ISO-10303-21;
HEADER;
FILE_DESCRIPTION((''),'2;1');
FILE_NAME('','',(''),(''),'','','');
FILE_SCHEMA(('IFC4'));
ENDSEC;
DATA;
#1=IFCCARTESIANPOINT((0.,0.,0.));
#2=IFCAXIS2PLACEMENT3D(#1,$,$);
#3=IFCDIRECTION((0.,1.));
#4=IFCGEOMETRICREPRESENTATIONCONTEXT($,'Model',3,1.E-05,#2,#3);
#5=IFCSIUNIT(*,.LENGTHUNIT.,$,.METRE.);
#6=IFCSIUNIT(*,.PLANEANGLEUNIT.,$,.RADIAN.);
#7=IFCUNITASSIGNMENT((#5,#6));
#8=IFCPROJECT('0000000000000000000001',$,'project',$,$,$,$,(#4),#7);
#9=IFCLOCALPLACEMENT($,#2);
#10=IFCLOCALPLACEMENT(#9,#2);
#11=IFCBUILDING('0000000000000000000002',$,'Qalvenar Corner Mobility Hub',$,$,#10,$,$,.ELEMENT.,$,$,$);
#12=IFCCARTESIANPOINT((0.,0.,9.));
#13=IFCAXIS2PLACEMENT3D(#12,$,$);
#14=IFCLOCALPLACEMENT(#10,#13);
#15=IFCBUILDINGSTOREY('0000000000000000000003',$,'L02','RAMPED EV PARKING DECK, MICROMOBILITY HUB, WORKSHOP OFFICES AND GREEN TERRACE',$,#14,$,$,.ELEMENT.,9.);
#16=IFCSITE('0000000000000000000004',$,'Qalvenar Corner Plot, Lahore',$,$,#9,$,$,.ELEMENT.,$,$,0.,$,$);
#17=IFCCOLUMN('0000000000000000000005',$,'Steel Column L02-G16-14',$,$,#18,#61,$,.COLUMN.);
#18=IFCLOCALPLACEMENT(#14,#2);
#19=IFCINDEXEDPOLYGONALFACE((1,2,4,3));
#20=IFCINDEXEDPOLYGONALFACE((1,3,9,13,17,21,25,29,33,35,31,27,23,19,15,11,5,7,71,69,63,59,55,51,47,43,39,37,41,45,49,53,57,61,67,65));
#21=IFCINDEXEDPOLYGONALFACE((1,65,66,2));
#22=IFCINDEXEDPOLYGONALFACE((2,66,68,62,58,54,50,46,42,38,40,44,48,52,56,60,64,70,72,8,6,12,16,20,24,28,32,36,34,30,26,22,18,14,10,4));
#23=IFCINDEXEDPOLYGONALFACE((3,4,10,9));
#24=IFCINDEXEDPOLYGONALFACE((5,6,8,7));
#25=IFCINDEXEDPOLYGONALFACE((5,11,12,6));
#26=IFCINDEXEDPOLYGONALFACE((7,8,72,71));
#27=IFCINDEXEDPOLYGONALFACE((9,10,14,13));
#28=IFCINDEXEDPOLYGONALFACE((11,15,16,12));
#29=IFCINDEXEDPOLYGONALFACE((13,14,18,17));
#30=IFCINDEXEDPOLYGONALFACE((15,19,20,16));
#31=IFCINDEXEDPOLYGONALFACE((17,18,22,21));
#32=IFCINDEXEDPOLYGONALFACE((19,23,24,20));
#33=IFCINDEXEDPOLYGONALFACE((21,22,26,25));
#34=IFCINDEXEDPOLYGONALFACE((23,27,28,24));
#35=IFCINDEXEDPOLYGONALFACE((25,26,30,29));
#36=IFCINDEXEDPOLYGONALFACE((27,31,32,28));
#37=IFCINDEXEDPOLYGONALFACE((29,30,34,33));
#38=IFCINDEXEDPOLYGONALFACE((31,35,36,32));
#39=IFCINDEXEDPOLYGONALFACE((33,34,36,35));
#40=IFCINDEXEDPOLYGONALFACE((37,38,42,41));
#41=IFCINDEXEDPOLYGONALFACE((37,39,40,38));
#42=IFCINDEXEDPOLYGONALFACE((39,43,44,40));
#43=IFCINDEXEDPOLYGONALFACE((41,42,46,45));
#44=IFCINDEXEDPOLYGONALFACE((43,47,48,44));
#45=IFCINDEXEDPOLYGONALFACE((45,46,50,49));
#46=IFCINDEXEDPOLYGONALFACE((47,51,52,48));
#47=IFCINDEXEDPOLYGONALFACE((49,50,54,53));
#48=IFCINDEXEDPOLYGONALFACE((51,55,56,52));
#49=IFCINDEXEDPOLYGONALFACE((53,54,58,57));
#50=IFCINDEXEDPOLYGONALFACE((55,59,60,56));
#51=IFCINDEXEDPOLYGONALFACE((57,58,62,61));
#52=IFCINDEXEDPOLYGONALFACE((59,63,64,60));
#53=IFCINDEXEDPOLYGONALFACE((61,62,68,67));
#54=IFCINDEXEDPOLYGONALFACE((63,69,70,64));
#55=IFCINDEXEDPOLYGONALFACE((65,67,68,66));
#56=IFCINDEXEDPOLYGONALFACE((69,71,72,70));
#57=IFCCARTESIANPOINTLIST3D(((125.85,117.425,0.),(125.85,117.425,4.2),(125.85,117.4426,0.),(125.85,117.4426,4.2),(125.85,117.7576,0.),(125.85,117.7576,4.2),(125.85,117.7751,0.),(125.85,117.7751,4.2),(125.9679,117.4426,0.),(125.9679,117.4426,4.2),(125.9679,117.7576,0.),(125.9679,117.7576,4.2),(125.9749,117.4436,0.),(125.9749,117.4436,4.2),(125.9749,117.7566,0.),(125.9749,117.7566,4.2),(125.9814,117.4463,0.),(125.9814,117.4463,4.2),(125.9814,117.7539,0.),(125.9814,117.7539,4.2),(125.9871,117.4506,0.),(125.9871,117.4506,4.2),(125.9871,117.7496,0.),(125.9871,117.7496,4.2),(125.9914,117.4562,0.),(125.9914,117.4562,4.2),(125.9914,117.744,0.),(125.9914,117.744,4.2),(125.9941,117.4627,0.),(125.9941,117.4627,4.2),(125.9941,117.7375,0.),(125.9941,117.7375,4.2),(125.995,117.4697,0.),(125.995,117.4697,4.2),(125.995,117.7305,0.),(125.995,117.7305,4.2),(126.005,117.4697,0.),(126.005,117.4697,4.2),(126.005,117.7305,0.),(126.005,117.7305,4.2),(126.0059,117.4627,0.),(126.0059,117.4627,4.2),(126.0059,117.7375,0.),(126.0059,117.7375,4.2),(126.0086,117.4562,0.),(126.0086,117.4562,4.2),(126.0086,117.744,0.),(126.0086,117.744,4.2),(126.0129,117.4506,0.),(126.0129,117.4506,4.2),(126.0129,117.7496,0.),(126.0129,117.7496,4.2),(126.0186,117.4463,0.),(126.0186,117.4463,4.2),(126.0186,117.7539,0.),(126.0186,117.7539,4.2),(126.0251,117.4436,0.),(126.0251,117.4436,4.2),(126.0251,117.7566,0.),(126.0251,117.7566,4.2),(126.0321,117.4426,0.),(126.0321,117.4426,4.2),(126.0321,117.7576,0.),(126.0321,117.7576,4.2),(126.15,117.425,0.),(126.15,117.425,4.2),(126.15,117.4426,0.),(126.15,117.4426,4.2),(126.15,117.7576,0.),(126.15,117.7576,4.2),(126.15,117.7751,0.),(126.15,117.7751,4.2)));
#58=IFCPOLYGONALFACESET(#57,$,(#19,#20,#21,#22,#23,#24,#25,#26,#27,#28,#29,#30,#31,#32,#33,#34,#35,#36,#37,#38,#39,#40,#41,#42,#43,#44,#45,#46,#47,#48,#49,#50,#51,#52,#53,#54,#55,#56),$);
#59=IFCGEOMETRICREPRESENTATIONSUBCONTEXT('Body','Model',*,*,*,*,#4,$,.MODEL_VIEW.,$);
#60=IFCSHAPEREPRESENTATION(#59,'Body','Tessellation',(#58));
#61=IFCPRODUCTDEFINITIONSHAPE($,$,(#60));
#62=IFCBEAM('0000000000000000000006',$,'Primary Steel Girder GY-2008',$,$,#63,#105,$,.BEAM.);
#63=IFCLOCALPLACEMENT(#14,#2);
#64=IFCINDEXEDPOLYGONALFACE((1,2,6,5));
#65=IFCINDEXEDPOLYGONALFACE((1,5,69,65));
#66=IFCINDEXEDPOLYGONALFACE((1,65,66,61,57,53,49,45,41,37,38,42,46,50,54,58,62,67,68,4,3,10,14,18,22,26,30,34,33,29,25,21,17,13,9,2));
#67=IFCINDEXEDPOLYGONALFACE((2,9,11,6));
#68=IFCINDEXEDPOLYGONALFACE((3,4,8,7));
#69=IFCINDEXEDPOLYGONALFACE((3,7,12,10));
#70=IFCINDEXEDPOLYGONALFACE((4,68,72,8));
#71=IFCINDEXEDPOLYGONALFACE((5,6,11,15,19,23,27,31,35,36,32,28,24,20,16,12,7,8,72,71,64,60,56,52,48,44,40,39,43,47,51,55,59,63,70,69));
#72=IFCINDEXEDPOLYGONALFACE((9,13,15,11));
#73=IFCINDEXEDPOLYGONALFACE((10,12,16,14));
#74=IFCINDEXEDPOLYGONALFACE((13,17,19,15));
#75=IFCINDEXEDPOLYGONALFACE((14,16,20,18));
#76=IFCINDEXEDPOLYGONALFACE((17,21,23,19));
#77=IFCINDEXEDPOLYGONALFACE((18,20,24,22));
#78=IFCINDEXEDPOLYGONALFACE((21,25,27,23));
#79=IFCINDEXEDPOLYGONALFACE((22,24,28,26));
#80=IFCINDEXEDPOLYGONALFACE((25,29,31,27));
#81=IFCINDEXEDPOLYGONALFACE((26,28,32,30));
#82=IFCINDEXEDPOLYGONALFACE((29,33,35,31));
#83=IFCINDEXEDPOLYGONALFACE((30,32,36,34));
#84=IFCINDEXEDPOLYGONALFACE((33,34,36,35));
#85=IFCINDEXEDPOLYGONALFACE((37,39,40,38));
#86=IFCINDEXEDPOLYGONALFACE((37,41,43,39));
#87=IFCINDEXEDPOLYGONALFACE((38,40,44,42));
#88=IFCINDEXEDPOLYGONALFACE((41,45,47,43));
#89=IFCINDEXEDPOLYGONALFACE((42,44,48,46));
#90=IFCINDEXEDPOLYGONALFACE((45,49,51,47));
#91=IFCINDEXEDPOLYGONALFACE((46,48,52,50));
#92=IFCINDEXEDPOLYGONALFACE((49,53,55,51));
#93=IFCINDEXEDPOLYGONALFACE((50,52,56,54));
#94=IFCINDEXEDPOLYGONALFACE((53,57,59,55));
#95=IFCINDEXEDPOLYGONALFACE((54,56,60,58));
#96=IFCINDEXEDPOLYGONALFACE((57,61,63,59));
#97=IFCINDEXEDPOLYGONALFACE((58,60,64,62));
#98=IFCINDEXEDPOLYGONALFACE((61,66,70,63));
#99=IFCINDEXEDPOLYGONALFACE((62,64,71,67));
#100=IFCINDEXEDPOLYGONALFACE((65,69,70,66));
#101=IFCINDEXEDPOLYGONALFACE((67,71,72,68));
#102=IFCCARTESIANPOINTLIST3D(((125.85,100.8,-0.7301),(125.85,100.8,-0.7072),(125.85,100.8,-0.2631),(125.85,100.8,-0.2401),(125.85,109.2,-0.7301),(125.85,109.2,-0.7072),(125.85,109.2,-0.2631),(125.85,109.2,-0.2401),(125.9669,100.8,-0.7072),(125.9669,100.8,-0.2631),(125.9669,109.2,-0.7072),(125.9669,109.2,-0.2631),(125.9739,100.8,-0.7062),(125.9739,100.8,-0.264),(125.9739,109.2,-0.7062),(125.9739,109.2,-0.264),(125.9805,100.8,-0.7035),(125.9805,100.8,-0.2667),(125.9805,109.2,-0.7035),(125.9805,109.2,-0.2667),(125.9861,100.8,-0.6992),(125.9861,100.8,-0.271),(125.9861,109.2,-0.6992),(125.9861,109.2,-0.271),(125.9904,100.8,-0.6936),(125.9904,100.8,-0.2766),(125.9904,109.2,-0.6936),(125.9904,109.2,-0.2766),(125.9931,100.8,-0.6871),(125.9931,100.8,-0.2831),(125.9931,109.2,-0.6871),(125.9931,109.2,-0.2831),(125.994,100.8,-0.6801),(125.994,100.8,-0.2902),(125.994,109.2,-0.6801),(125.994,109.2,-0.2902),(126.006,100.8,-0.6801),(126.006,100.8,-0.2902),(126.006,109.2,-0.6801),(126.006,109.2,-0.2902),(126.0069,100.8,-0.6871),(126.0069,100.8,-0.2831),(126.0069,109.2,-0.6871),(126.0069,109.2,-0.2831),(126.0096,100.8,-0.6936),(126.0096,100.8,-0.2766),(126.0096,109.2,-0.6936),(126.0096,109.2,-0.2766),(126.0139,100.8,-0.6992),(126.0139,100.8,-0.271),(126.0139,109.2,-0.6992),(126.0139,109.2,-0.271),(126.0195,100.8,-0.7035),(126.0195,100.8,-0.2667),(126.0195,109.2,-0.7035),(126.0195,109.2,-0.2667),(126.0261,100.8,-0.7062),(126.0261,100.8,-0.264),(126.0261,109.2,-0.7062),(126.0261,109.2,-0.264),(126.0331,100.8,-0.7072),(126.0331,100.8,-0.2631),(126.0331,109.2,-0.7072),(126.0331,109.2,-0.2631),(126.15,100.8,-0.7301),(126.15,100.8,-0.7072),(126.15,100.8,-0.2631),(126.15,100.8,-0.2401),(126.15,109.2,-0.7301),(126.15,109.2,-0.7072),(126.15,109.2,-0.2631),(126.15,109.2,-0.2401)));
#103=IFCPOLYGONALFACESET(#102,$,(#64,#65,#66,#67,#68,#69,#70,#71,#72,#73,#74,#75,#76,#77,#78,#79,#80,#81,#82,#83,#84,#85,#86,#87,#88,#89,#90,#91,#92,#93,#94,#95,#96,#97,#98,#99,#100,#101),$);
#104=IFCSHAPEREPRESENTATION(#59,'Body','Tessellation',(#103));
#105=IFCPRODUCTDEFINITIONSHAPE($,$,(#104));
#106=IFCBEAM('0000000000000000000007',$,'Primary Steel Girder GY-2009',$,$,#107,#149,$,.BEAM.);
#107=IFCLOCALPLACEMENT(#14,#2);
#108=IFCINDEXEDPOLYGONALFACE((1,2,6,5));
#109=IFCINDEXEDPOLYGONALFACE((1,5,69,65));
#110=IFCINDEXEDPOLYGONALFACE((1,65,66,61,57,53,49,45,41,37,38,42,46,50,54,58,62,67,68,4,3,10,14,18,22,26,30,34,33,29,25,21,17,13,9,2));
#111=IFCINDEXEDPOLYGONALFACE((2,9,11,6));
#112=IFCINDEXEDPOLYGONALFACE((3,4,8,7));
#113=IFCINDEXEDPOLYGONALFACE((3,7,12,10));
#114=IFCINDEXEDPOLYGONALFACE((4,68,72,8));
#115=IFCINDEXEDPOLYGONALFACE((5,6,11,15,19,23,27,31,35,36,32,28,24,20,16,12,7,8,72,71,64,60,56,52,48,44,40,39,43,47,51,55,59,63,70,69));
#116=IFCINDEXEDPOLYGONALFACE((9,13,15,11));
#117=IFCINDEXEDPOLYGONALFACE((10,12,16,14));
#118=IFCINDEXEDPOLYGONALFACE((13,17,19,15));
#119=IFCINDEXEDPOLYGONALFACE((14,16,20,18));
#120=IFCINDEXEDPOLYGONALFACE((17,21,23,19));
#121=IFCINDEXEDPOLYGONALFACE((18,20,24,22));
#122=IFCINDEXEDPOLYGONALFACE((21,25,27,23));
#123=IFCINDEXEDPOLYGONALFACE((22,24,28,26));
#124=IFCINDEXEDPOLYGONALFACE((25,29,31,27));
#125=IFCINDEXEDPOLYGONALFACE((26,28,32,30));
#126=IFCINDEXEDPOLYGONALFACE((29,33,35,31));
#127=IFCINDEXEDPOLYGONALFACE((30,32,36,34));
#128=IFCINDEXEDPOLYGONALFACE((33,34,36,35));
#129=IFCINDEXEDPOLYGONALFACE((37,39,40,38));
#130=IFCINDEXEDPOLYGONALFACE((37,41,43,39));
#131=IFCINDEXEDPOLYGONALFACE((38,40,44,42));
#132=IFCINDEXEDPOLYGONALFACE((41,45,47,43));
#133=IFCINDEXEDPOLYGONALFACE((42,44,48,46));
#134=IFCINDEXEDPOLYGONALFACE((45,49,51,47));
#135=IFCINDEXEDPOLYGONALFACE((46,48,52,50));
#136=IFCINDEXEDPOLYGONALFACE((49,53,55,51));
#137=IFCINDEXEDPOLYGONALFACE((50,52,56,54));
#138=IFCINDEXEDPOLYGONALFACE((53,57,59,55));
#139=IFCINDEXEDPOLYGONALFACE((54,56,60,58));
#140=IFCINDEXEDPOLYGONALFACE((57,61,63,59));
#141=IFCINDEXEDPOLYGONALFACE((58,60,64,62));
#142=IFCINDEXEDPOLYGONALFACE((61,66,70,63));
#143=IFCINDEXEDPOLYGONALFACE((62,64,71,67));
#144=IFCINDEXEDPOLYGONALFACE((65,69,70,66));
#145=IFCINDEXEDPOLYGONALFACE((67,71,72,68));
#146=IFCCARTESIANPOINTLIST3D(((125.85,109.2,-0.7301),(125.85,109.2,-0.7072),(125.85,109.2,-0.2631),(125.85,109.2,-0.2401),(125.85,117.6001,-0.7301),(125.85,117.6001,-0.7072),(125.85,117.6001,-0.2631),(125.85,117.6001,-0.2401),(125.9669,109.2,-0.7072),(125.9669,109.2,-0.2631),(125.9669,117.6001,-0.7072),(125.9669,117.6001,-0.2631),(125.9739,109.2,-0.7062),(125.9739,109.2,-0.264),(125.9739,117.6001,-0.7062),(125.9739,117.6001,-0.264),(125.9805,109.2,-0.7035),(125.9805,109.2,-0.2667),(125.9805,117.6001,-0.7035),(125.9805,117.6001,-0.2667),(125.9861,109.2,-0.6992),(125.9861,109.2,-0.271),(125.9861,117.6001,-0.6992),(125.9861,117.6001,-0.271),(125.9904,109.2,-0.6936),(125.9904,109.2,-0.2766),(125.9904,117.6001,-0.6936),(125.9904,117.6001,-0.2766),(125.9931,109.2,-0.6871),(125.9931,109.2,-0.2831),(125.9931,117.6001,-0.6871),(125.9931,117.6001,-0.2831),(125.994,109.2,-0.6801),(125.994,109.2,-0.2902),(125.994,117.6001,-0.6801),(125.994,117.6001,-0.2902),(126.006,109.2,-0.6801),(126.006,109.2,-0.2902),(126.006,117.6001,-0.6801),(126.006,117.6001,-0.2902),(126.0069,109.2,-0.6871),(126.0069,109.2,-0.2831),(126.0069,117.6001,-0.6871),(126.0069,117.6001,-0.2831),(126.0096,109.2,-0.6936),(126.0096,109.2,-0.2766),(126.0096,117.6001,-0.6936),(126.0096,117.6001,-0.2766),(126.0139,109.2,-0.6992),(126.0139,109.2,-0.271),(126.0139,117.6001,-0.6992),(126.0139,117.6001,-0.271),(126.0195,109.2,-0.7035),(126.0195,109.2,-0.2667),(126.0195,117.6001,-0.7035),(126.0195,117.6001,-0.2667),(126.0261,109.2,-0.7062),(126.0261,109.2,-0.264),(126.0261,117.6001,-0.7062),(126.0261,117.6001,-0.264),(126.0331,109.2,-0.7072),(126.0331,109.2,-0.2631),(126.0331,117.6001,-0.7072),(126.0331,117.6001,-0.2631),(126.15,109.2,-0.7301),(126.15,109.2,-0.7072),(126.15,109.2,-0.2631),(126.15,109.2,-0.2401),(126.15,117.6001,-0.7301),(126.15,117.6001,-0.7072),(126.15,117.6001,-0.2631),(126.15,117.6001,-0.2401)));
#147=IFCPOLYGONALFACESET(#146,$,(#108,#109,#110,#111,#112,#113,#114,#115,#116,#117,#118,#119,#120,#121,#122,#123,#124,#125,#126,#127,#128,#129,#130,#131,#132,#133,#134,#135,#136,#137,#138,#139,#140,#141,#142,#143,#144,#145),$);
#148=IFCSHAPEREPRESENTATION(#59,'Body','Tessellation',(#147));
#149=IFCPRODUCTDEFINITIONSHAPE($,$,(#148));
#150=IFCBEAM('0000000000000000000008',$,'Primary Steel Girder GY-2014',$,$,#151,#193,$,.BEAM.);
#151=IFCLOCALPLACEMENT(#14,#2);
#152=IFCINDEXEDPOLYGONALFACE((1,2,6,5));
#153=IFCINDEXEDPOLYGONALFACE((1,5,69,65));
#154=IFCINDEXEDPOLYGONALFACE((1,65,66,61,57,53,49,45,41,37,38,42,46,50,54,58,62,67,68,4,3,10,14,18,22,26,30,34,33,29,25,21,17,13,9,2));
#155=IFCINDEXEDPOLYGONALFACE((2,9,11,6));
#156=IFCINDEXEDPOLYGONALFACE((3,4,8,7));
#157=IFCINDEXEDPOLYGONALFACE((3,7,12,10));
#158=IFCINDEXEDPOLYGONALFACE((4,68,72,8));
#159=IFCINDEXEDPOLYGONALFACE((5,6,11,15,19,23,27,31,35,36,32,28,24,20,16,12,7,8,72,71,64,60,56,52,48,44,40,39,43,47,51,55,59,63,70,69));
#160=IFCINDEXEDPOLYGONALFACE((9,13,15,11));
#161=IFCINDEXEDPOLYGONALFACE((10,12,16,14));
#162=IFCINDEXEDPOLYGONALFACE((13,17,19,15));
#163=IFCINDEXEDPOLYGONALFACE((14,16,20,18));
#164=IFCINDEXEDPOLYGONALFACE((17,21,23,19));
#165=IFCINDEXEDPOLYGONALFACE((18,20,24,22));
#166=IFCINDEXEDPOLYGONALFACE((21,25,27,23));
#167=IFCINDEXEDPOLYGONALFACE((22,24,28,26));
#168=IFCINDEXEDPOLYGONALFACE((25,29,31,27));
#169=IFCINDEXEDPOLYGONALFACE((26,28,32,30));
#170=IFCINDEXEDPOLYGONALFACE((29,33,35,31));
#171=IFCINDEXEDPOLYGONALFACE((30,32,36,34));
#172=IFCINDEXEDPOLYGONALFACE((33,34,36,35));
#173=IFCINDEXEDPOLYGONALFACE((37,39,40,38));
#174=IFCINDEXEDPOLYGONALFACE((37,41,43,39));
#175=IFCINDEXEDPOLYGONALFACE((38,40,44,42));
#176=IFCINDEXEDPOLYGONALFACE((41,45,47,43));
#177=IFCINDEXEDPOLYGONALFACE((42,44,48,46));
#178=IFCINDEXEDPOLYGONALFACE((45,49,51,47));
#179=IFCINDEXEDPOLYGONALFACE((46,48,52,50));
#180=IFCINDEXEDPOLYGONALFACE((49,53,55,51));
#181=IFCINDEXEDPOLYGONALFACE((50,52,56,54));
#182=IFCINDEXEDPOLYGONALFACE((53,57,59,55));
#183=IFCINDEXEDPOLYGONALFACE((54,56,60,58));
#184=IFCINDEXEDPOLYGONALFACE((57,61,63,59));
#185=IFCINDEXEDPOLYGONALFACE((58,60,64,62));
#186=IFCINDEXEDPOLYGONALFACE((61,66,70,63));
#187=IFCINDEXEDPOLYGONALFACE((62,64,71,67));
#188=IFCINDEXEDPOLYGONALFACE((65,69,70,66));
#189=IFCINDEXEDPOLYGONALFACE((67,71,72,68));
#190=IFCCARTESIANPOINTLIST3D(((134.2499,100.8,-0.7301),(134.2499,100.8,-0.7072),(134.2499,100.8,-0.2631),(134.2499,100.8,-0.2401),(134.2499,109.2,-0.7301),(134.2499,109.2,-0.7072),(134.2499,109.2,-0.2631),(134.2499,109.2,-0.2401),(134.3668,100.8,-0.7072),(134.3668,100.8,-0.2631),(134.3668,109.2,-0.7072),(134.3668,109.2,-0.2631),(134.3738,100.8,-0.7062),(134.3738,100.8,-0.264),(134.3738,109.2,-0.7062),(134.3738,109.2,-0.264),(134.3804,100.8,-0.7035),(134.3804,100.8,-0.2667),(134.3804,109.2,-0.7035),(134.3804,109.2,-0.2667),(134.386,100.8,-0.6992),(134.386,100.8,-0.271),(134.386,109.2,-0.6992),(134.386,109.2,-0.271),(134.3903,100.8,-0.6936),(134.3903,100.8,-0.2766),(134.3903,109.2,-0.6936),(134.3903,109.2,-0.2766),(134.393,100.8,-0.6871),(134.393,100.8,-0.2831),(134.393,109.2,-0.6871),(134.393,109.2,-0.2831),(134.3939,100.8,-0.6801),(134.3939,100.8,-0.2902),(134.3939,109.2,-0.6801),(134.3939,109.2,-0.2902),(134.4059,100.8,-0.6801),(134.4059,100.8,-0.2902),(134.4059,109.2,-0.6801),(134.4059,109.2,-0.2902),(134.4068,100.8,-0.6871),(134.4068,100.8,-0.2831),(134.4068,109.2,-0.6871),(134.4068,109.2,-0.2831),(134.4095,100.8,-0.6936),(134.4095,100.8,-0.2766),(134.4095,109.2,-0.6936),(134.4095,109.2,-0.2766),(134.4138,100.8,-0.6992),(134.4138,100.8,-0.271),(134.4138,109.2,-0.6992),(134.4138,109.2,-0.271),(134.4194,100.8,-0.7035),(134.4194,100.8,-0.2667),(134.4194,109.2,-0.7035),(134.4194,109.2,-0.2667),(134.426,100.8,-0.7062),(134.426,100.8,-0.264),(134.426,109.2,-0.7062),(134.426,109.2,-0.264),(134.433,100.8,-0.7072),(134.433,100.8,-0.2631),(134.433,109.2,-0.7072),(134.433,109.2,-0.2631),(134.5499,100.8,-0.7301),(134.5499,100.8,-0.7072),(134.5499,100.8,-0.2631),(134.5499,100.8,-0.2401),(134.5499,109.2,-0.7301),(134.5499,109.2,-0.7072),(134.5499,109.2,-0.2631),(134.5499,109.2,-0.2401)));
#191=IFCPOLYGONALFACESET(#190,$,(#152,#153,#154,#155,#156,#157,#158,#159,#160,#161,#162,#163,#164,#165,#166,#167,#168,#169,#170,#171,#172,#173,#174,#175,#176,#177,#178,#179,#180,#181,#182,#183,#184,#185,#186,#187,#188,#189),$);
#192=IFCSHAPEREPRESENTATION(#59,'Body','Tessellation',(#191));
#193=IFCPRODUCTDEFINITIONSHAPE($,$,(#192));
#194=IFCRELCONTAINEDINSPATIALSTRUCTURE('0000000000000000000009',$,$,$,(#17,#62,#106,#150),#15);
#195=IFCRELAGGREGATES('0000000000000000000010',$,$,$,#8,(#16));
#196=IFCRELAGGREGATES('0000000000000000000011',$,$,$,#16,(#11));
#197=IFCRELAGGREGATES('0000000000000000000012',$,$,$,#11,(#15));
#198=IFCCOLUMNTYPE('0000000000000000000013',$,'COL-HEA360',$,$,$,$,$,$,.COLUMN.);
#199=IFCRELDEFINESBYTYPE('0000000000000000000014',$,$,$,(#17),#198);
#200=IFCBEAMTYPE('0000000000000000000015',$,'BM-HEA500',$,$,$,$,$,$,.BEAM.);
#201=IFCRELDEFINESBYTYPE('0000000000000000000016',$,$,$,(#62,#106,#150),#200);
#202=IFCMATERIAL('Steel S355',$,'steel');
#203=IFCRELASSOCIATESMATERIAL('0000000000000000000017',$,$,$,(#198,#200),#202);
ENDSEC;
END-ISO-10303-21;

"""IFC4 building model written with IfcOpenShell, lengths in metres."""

from ifc_helpers import new_model, si_unit, direction, frame, origin, origin_2d, place, context, subcontext, project, spatial, i_section, extrude, material, material_profile, profile_set, type_object, element, save


model = new_model("IFC4")

# Units and contexts
model_context = context("Model", 3, precision=1e-05, world=origin(), true_north=direction((0.0, 1.0)))
body_context = subcontext(model_context, "Body", "Model", "MODEL_VIEW")
ifc_project = project(units=[si_unit("LENGTHUNIT", "METRE"), si_unit("PLANEANGLEUNIT", "RADIAN")], contexts=[model_context])

# Site, building, storey
site_placement = place(None, origin())
site = spatial("IfcSite", under=ifc_project, at=site_placement, Name="Qalvenar Corner Plot, Lahore", CompositionType="ELEMENT", RefElevation=0.0)
building_placement = place(site_placement, origin())
building = spatial("IfcBuilding", under=site, at=building_placement, Name="Qalvenar Corner Mobility Hub", CompositionType="ELEMENT")
storey_placement = place(building_placement, frame((0.0, 0.0, 9.0)))
storey = spatial("IfcBuildingStorey", under=building, at=storey_placement, Name="L02", Description="RAMPED EV PARKING DECK, MICROMOBILITY HUB, WORKSHOP OFFICES AND GREEN TERRACE", CompositionType="ELEMENT", Elevation=9.0)

# Column
ifc_material_1 = material(Name="Steel S355", Category="steel")
ifc_material_profile_1 = material_profile(ifc_material_1, i_section(OverallWidth=0.3, OverallDepth=0.3501, WebThickness=0.01, FlangeThickness=0.0176, FilletRadius=0.0271, at=origin_2d()), Name="HEA360")
ifc_profile_set_1 = profile_set([ifc_material_profile_1], Name="Steel S355")
column_type_1 = type_object("IfcColumnType", Name="COL-HEA360", PredefinedType="COLUMN", material=ifc_profile_set_1)
column_placement = place(storey_placement, frame((126.0, 117.6001, 0.0), z_axis=(0.0, 0.0, 1.0), x_axis=(1.0, 0.0, 0.0)))
element("IfcColumn", 1, at=column_placement, inside=storey, type_object=column_type_1, Name="Steel Column L02-G16-14", PredefinedType="COLUMN", context=body_context, shape_type="SweptSolid", body=[
    extrude(i_section(OverallWidth=0.3, OverallDepth=0.3501, WebThickness=0.01, FlangeThickness=0.0176, FilletRadius=0.0271, at=origin_2d()), origin(), (0.0, 0.0, 1.0), 4.2),
])

# Beams
ifc_material_profile_2 = material_profile(ifc_material_1, i_section(OverallWidth=0.3, OverallDepth=0.49, WebThickness=0.012, FlangeThickness=0.0229, FilletRadius=0.0271, at=origin_2d()), Name="HEA500")
ifc_profile_set_2 = profile_set([ifc_material_profile_2], Name="Steel S355")
beam_type_1 = type_object("IfcBeamType", Name="BM-HEA500", PredefinedType="BEAM", material=ifc_profile_set_2)
beam_1_placement = place(storey_placement, frame((126.0, 100.8, -0.4851), z_axis=(0.0, 1.0, 0.0), x_axis=(-1.0, 0.0, 0.0)))
element("IfcBeam", 2, at=beam_1_placement, inside=storey, type_object=beam_type_1, Name="Primary Steel Girder GY-2008", PredefinedType="BEAM", context=body_context, shape_type="SweptSolid", body=[
    extrude(i_section(OverallWidth=0.3, OverallDepth=0.49, WebThickness=0.012, FlangeThickness=0.0229, FilletRadius=0.0271, at=origin_2d()), origin(), (0.0, 0.0, 1.0), 8.3999),
])
beam_2_placement = place(storey_placement, frame((126.0, 109.2, -0.4851), z_axis=(0.0, 1.0, 0.0), x_axis=(-1.0, 0.0, 0.0)))
element("IfcBeam", 3, at=beam_2_placement, inside=storey, type_object=beam_type_1, Name="Primary Steel Girder GY-2009", PredefinedType="BEAM", context=body_context, shape_type="SweptSolid", body=[
    extrude(i_section(OverallWidth=0.3, OverallDepth=0.49, WebThickness=0.012, FlangeThickness=0.0229, FilletRadius=0.0271, at=origin_2d()), origin(), (0.0, 0.0, 1.0), 8.4001),
])
beam_3_placement = place(storey_placement, frame((134.3999, 100.8, -0.4851), z_axis=(0.0, 1.0, 0.0), x_axis=(-1.0, 0.0, 0.0)))
element("IfcBeam", 4, at=beam_3_placement, inside=storey, type_object=beam_type_1, Name="Primary Steel Girder GY-2014", PredefinedType="BEAM", context=body_context, shape_type="SweptSolid", body=[
    extrude(i_section(OverallWidth=0.3, OverallDepth=0.49, WebThickness=0.012, FlangeThickness=0.0229, FilletRadius=0.0271, at=origin_2d()), origin(), (0.0, 0.0, 1.0), 8.3999),
])

save(model, "model.ifc")
